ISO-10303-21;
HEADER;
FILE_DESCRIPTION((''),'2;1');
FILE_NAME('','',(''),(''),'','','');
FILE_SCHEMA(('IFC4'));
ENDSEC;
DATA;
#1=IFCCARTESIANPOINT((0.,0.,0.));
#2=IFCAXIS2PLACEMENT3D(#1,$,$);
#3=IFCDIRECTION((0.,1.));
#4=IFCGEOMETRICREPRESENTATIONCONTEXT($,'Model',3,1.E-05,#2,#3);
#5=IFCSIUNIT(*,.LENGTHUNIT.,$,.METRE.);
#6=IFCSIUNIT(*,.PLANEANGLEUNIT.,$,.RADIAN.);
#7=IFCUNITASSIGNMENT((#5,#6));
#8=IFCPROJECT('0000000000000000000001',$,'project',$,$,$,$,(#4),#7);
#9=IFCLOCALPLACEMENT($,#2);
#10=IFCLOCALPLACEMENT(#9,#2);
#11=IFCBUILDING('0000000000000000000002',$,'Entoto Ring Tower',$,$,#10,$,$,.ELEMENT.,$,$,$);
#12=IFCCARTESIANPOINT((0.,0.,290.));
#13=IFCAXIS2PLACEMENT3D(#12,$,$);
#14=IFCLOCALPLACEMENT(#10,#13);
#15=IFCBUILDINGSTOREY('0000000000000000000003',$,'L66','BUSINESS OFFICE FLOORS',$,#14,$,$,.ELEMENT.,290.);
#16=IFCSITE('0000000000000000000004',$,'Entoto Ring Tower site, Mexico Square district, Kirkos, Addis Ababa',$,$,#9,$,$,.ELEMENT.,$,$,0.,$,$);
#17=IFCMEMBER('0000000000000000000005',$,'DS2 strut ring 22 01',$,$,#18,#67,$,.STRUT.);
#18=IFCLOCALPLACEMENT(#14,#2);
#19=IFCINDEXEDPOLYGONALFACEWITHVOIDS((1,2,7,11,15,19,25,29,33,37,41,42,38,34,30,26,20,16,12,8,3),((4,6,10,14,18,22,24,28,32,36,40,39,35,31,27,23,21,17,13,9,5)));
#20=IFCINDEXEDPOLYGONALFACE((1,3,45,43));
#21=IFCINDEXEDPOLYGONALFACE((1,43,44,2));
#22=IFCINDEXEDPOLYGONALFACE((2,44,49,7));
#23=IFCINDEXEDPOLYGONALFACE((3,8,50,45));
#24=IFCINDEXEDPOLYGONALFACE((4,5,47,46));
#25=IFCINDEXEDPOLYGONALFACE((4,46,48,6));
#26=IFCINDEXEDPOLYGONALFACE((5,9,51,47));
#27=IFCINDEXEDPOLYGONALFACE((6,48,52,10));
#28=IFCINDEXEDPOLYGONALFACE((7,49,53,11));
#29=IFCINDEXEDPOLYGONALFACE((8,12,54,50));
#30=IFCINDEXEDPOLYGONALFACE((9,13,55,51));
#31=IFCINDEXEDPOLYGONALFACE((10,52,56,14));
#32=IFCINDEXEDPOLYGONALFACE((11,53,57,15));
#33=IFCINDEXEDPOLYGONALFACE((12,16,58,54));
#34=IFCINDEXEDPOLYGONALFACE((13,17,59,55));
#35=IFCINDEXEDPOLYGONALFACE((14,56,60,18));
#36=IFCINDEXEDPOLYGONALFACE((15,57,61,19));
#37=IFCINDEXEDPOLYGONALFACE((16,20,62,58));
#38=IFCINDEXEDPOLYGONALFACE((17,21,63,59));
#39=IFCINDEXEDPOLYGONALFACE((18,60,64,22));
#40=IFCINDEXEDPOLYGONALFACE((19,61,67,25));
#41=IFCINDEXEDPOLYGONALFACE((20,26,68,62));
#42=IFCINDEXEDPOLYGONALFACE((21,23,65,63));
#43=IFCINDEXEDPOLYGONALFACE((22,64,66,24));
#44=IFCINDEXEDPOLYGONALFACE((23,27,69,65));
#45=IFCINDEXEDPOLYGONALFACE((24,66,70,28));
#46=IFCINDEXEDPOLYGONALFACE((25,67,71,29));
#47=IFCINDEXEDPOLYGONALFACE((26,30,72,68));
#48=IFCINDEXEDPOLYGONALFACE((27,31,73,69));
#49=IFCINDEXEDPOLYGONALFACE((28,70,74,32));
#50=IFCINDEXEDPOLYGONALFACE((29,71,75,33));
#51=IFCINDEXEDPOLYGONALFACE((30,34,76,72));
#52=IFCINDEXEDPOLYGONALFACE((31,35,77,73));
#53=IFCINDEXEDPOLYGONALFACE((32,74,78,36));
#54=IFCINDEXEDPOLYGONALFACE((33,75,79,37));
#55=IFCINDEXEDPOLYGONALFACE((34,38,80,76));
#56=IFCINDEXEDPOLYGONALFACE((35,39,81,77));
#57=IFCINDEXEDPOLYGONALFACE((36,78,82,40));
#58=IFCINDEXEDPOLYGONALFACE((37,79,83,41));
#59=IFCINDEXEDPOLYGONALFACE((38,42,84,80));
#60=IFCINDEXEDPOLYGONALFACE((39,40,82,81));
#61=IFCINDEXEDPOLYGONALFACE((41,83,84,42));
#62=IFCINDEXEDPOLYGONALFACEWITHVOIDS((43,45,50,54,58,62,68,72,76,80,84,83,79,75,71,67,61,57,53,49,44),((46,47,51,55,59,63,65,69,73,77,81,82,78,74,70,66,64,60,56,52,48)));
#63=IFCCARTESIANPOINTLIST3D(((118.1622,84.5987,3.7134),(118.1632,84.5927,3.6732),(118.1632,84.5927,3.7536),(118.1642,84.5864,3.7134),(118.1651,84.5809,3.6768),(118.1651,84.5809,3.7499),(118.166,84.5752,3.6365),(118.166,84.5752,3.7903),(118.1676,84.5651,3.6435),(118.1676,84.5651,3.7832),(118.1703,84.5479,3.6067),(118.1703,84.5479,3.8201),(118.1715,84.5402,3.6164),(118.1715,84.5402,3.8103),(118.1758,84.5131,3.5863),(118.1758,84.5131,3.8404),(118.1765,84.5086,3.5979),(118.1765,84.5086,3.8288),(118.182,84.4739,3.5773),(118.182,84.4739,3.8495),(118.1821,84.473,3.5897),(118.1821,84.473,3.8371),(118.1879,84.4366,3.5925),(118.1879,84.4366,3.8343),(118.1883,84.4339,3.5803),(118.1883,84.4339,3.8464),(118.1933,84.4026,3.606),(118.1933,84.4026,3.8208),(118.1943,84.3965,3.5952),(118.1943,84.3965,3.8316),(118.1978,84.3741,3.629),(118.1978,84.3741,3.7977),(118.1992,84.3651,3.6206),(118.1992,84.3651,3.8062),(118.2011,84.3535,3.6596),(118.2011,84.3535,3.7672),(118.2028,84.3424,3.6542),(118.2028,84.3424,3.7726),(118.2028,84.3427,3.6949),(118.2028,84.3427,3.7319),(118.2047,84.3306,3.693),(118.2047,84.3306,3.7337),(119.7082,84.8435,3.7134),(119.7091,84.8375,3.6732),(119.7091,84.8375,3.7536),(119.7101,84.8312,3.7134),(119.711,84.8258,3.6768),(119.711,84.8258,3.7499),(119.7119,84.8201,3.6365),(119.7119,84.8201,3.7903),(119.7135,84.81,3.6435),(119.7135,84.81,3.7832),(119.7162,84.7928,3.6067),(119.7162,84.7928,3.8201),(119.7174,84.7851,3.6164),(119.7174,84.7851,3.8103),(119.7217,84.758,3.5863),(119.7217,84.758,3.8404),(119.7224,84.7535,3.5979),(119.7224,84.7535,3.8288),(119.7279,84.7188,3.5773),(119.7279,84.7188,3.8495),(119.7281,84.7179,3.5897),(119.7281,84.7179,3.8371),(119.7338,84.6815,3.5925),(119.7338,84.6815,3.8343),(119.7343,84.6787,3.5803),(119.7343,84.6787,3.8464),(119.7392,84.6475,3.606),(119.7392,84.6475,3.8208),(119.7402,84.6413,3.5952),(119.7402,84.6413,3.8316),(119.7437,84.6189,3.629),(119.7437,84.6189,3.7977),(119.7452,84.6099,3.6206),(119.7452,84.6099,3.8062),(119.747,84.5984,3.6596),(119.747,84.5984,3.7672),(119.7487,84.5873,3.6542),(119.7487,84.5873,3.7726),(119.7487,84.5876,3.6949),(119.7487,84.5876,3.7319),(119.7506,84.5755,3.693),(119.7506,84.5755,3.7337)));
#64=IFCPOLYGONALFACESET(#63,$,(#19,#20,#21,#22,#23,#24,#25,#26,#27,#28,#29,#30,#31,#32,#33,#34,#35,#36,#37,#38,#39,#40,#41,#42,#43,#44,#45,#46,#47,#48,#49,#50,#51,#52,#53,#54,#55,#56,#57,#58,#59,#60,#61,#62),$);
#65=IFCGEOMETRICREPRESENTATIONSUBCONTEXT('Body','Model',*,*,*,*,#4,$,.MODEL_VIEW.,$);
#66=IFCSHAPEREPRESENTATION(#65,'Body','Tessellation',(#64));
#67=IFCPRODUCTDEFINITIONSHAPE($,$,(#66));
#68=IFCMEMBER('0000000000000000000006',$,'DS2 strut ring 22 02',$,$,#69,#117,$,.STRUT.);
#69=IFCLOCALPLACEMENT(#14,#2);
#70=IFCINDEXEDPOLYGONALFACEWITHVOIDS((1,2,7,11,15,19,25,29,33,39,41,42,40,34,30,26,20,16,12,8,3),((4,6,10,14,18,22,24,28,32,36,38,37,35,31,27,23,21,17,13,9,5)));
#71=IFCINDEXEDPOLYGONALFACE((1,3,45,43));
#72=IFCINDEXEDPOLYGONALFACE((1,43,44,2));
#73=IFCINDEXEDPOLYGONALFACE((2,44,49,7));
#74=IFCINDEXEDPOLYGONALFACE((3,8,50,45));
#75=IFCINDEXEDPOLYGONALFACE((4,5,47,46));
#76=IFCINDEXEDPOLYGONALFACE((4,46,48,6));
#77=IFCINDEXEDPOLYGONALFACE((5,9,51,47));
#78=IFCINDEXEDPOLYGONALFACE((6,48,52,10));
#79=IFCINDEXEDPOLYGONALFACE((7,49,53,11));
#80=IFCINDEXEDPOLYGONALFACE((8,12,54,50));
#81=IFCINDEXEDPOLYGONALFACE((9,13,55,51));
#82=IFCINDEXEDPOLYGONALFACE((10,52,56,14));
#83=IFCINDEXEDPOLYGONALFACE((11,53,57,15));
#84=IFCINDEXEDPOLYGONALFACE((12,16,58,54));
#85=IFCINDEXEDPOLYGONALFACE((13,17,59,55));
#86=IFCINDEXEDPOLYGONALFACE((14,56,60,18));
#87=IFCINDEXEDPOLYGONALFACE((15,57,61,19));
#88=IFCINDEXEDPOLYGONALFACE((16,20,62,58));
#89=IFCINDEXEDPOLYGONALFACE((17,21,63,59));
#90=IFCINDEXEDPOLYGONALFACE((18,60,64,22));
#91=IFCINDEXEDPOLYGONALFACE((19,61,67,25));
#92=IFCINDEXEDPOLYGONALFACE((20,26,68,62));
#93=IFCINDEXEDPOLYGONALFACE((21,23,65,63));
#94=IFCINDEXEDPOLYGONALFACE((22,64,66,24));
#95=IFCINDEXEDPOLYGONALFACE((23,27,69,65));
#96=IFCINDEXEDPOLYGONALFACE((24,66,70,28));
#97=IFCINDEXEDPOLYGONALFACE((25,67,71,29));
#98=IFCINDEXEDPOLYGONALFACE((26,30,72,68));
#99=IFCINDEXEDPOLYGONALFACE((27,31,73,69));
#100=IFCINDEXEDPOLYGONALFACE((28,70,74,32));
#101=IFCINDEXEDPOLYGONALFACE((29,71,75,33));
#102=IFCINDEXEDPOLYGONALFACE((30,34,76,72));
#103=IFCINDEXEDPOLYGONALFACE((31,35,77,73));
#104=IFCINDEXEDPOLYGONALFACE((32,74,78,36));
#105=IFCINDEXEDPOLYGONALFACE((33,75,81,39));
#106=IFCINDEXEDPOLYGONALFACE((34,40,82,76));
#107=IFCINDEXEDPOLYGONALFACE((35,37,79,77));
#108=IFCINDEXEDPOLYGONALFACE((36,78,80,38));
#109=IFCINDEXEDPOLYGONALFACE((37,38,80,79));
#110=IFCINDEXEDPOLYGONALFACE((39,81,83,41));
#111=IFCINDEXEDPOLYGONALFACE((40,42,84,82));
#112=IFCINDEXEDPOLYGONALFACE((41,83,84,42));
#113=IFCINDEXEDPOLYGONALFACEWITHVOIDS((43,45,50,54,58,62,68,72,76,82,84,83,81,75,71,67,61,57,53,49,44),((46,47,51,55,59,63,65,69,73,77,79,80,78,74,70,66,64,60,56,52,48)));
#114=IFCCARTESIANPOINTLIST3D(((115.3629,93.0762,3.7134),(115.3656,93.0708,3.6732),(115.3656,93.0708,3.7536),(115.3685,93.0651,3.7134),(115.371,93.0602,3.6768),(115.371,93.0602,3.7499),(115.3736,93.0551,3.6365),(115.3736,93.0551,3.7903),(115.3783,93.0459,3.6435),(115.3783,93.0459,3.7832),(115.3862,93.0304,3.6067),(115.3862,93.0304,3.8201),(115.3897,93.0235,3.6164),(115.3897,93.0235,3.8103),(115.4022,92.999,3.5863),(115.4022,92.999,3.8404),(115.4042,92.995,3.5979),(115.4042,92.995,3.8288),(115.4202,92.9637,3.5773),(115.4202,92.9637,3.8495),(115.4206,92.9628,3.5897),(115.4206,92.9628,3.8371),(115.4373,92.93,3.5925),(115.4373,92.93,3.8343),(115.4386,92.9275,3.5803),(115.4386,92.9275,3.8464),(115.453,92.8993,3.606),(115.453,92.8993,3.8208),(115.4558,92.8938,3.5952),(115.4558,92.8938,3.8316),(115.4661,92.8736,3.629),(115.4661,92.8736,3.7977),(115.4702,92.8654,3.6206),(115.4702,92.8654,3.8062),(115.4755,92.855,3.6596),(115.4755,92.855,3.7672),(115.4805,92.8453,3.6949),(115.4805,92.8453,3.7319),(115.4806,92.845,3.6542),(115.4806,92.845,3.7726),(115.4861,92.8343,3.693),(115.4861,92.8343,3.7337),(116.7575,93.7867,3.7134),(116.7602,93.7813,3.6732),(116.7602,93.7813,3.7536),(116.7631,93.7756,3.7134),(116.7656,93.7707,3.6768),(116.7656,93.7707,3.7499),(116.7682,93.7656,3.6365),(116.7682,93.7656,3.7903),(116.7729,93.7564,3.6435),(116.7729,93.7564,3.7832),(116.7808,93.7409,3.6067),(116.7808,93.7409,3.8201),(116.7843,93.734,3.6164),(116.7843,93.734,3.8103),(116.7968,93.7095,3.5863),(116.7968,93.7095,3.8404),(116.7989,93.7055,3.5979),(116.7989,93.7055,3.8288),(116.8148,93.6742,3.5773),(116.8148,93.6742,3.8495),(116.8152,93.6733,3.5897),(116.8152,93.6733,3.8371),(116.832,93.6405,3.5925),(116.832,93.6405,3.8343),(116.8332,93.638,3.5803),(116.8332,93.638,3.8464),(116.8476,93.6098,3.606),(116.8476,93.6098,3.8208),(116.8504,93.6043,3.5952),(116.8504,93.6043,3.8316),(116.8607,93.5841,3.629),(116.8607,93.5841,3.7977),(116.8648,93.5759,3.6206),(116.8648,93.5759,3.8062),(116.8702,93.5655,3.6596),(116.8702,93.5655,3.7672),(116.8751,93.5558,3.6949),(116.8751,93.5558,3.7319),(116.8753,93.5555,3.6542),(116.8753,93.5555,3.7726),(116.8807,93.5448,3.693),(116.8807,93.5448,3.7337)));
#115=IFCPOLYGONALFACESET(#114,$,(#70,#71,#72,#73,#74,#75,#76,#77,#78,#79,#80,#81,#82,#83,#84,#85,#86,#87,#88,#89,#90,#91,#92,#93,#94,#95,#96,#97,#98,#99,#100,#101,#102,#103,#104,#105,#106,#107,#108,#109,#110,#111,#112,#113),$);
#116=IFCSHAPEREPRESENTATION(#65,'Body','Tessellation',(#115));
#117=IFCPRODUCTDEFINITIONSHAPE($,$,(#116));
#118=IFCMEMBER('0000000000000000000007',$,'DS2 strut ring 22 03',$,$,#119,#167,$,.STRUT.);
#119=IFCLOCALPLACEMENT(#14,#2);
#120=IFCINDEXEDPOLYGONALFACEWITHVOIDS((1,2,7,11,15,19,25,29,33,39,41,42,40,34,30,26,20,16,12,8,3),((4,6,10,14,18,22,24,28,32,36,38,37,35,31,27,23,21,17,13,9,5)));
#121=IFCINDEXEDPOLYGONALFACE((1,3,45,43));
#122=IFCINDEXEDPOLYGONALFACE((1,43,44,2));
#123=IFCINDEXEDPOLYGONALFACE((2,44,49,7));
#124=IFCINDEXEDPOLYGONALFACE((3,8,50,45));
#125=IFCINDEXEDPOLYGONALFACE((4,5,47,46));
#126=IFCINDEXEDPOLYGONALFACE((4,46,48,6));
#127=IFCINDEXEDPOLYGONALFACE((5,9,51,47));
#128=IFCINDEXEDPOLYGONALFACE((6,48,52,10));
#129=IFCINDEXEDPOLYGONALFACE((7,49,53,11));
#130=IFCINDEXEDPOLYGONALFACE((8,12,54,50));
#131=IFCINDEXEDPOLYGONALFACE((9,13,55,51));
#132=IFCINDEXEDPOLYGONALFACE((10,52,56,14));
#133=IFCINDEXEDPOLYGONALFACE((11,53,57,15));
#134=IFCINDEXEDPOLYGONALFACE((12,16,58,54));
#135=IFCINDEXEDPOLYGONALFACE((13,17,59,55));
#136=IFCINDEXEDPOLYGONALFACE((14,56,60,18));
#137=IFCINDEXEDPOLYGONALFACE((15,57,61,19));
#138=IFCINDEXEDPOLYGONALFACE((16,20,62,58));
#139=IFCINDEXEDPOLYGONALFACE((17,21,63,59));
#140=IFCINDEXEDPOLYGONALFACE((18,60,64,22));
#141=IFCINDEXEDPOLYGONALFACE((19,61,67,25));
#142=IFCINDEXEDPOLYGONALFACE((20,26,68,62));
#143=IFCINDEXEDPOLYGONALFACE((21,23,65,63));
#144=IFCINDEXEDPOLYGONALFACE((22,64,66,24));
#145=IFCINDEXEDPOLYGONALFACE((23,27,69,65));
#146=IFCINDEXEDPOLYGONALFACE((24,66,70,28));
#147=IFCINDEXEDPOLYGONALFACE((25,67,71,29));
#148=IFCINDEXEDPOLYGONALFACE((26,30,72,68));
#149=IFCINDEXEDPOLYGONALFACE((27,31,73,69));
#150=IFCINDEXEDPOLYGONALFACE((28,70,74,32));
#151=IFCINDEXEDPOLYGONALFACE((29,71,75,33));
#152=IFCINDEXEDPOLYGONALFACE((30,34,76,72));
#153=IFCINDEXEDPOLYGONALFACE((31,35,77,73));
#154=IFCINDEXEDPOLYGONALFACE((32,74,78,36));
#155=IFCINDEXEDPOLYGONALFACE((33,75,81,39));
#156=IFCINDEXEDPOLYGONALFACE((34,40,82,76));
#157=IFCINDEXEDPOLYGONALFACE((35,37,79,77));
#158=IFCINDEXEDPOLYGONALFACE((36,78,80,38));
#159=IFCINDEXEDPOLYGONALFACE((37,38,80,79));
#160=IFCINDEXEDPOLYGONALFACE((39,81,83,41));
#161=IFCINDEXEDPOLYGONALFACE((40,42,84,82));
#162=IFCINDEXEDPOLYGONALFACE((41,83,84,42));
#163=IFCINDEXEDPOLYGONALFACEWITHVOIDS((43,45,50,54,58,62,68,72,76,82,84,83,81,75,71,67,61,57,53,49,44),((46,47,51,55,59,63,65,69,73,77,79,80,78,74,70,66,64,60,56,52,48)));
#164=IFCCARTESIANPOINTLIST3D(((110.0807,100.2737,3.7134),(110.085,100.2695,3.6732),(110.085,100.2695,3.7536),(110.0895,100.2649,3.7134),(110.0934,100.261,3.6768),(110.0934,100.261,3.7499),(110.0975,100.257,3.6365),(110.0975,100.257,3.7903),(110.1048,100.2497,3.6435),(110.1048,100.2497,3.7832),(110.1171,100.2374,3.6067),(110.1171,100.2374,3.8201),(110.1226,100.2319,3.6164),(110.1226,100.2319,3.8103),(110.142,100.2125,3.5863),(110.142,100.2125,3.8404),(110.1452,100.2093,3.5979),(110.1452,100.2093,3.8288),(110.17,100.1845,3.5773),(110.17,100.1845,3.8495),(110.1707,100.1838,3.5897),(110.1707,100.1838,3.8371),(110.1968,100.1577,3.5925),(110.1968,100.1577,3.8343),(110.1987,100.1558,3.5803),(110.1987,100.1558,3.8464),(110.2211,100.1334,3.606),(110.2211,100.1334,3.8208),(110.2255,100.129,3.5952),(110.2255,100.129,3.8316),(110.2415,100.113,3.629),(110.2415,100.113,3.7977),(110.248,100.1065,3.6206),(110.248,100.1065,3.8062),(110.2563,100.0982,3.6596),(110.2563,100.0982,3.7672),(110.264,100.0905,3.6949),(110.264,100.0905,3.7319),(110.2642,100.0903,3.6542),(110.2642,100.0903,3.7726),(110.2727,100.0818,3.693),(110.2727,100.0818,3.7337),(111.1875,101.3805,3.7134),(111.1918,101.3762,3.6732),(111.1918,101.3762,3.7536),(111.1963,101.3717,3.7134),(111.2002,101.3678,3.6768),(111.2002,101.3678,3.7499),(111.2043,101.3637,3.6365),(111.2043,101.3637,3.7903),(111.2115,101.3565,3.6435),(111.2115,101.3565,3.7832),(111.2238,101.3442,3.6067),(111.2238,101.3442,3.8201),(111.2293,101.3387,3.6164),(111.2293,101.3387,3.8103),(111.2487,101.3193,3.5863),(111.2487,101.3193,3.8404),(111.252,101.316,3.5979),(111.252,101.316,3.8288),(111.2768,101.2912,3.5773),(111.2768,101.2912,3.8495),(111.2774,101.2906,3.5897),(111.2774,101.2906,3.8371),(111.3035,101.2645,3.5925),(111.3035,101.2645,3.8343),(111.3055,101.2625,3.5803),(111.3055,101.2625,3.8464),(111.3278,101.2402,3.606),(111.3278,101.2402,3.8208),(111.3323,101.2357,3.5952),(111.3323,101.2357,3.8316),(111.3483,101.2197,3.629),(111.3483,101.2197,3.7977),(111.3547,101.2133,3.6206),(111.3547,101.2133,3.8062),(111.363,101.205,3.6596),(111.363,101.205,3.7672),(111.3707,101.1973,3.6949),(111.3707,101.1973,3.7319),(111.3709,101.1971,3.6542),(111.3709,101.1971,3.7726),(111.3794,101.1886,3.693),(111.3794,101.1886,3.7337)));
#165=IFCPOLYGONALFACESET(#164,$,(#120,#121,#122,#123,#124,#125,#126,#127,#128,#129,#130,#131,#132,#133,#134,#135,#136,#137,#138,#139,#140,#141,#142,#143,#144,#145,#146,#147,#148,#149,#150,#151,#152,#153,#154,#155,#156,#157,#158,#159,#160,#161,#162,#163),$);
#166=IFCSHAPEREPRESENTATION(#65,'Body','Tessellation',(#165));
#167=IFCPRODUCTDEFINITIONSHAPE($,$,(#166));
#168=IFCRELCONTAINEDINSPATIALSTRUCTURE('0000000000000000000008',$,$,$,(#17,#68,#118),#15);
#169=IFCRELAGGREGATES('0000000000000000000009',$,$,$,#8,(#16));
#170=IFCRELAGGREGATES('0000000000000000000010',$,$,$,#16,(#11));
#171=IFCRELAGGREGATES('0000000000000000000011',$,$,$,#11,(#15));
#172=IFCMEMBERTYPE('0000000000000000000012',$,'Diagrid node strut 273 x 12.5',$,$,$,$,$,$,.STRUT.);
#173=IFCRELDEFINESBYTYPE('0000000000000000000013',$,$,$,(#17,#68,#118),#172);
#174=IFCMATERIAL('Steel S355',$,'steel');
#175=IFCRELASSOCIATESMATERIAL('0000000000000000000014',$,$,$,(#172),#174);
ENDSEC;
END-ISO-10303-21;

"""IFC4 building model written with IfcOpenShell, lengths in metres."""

from ifc_helpers import new_model, si_unit, direction, frame, origin, origin_2d, place, context, subcontext, project, spatial, circle, hollow_circle, extrude, material, material_profile, profile_set, type_object, element, save


model = new_model("IFC4")

# Units and contexts
model_context = context("Model", 3, precision=1e-05, world=origin(), true_north=direction((0.0, 1.0)))
body_context = subcontext(model_context, "Body", "Model", "MODEL_VIEW")
ifc_project = project(units=[si_unit("LENGTHUNIT", "METRE"), si_unit("PLANEANGLEUNIT", "RADIAN")], contexts=[model_context])

# Site, building, storey
site_placement = place(None, origin())
site = spatial("IfcSite", under=ifc_project, at=site_placement, Name="Entoto Ring Tower site, Mexico Square district, Kirkos, Addis Ababa", CompositionType="ELEMENT", RefElevation=0.0)
building_placement = place(site_placement, origin())
building = spatial("IfcBuilding", under=site, at=building_placement, Name="Entoto Ring Tower", CompositionType="ELEMENT")
storey_placement = place(building_placement, frame((0.0, 0.0, 290.0)))
storey = spatial("IfcBuildingStorey", under=building, at=storey_placement, Name="L66", Description="BUSINESS OFFICE FLOORS", CompositionType="ELEMENT", Elevation=290.0)

# Members
ifc_material_1 = material(Name="Steel S355", Category="steel")
ifc_material_profile_1 = material_profile(ifc_material_1, hollow_circle(Radius=0.1365, WallThickness=0.0125, at=origin_2d()), Name="CHS 273 x 12.5")
ifc_material_2 = material(Name="Concrete C60/75", Category="concrete")
ifc_material_profile_2 = material_profile(ifc_material_2, circle(Radius=0.124, at=origin_2d()), Name="Concrete C60/75 infill")
ifc_profile_set_1 = profile_set([ifc_material_profile_1, ifc_material_profile_2], Name="Steel S355")
member_type = type_object("IfcMemberType", Name="Diagrid node strut 273 x 12.5", PredefinedType="STRUT", material=ifc_profile_set_1)
for number, where, z_axis, x_axis, name in (
    (1, (118.1836, 84.4639, 3.7134), (0.987686, 0.156451, 0.0), (-0.156451, 0.987686, 0.0), "DS2 strut ring 22 01"),
    (2, (115.4248, 92.9546, 3.7134), (0.891032, 0.45394, 0.0), (-0.45394, 0.891032, 0.0), "DS2 strut ring 22 02"),
    (3, (110.1772, 100.1772, 3.7134), (0.707107, 0.707107, 0.0), (-0.707107, 0.707107, 0.0), "DS2 strut ring 22 03"),
):
    element("IfcMember", number, at=place(storey_placement, frame(where, z_axis=z_axis, x_axis=x_axis)), inside=storey, type_object=member_type, Name=name, PredefinedType="STRUT", context=body_context, shape_type="SweptSolid", body=[
        extrude(hollow_circle(Radius=0.1365, WallThickness=0.0125, at=origin_2d()), origin(), (0.0, 0.0, 1.0), 1.5652),
    ])

save(model, "model.ifc")
